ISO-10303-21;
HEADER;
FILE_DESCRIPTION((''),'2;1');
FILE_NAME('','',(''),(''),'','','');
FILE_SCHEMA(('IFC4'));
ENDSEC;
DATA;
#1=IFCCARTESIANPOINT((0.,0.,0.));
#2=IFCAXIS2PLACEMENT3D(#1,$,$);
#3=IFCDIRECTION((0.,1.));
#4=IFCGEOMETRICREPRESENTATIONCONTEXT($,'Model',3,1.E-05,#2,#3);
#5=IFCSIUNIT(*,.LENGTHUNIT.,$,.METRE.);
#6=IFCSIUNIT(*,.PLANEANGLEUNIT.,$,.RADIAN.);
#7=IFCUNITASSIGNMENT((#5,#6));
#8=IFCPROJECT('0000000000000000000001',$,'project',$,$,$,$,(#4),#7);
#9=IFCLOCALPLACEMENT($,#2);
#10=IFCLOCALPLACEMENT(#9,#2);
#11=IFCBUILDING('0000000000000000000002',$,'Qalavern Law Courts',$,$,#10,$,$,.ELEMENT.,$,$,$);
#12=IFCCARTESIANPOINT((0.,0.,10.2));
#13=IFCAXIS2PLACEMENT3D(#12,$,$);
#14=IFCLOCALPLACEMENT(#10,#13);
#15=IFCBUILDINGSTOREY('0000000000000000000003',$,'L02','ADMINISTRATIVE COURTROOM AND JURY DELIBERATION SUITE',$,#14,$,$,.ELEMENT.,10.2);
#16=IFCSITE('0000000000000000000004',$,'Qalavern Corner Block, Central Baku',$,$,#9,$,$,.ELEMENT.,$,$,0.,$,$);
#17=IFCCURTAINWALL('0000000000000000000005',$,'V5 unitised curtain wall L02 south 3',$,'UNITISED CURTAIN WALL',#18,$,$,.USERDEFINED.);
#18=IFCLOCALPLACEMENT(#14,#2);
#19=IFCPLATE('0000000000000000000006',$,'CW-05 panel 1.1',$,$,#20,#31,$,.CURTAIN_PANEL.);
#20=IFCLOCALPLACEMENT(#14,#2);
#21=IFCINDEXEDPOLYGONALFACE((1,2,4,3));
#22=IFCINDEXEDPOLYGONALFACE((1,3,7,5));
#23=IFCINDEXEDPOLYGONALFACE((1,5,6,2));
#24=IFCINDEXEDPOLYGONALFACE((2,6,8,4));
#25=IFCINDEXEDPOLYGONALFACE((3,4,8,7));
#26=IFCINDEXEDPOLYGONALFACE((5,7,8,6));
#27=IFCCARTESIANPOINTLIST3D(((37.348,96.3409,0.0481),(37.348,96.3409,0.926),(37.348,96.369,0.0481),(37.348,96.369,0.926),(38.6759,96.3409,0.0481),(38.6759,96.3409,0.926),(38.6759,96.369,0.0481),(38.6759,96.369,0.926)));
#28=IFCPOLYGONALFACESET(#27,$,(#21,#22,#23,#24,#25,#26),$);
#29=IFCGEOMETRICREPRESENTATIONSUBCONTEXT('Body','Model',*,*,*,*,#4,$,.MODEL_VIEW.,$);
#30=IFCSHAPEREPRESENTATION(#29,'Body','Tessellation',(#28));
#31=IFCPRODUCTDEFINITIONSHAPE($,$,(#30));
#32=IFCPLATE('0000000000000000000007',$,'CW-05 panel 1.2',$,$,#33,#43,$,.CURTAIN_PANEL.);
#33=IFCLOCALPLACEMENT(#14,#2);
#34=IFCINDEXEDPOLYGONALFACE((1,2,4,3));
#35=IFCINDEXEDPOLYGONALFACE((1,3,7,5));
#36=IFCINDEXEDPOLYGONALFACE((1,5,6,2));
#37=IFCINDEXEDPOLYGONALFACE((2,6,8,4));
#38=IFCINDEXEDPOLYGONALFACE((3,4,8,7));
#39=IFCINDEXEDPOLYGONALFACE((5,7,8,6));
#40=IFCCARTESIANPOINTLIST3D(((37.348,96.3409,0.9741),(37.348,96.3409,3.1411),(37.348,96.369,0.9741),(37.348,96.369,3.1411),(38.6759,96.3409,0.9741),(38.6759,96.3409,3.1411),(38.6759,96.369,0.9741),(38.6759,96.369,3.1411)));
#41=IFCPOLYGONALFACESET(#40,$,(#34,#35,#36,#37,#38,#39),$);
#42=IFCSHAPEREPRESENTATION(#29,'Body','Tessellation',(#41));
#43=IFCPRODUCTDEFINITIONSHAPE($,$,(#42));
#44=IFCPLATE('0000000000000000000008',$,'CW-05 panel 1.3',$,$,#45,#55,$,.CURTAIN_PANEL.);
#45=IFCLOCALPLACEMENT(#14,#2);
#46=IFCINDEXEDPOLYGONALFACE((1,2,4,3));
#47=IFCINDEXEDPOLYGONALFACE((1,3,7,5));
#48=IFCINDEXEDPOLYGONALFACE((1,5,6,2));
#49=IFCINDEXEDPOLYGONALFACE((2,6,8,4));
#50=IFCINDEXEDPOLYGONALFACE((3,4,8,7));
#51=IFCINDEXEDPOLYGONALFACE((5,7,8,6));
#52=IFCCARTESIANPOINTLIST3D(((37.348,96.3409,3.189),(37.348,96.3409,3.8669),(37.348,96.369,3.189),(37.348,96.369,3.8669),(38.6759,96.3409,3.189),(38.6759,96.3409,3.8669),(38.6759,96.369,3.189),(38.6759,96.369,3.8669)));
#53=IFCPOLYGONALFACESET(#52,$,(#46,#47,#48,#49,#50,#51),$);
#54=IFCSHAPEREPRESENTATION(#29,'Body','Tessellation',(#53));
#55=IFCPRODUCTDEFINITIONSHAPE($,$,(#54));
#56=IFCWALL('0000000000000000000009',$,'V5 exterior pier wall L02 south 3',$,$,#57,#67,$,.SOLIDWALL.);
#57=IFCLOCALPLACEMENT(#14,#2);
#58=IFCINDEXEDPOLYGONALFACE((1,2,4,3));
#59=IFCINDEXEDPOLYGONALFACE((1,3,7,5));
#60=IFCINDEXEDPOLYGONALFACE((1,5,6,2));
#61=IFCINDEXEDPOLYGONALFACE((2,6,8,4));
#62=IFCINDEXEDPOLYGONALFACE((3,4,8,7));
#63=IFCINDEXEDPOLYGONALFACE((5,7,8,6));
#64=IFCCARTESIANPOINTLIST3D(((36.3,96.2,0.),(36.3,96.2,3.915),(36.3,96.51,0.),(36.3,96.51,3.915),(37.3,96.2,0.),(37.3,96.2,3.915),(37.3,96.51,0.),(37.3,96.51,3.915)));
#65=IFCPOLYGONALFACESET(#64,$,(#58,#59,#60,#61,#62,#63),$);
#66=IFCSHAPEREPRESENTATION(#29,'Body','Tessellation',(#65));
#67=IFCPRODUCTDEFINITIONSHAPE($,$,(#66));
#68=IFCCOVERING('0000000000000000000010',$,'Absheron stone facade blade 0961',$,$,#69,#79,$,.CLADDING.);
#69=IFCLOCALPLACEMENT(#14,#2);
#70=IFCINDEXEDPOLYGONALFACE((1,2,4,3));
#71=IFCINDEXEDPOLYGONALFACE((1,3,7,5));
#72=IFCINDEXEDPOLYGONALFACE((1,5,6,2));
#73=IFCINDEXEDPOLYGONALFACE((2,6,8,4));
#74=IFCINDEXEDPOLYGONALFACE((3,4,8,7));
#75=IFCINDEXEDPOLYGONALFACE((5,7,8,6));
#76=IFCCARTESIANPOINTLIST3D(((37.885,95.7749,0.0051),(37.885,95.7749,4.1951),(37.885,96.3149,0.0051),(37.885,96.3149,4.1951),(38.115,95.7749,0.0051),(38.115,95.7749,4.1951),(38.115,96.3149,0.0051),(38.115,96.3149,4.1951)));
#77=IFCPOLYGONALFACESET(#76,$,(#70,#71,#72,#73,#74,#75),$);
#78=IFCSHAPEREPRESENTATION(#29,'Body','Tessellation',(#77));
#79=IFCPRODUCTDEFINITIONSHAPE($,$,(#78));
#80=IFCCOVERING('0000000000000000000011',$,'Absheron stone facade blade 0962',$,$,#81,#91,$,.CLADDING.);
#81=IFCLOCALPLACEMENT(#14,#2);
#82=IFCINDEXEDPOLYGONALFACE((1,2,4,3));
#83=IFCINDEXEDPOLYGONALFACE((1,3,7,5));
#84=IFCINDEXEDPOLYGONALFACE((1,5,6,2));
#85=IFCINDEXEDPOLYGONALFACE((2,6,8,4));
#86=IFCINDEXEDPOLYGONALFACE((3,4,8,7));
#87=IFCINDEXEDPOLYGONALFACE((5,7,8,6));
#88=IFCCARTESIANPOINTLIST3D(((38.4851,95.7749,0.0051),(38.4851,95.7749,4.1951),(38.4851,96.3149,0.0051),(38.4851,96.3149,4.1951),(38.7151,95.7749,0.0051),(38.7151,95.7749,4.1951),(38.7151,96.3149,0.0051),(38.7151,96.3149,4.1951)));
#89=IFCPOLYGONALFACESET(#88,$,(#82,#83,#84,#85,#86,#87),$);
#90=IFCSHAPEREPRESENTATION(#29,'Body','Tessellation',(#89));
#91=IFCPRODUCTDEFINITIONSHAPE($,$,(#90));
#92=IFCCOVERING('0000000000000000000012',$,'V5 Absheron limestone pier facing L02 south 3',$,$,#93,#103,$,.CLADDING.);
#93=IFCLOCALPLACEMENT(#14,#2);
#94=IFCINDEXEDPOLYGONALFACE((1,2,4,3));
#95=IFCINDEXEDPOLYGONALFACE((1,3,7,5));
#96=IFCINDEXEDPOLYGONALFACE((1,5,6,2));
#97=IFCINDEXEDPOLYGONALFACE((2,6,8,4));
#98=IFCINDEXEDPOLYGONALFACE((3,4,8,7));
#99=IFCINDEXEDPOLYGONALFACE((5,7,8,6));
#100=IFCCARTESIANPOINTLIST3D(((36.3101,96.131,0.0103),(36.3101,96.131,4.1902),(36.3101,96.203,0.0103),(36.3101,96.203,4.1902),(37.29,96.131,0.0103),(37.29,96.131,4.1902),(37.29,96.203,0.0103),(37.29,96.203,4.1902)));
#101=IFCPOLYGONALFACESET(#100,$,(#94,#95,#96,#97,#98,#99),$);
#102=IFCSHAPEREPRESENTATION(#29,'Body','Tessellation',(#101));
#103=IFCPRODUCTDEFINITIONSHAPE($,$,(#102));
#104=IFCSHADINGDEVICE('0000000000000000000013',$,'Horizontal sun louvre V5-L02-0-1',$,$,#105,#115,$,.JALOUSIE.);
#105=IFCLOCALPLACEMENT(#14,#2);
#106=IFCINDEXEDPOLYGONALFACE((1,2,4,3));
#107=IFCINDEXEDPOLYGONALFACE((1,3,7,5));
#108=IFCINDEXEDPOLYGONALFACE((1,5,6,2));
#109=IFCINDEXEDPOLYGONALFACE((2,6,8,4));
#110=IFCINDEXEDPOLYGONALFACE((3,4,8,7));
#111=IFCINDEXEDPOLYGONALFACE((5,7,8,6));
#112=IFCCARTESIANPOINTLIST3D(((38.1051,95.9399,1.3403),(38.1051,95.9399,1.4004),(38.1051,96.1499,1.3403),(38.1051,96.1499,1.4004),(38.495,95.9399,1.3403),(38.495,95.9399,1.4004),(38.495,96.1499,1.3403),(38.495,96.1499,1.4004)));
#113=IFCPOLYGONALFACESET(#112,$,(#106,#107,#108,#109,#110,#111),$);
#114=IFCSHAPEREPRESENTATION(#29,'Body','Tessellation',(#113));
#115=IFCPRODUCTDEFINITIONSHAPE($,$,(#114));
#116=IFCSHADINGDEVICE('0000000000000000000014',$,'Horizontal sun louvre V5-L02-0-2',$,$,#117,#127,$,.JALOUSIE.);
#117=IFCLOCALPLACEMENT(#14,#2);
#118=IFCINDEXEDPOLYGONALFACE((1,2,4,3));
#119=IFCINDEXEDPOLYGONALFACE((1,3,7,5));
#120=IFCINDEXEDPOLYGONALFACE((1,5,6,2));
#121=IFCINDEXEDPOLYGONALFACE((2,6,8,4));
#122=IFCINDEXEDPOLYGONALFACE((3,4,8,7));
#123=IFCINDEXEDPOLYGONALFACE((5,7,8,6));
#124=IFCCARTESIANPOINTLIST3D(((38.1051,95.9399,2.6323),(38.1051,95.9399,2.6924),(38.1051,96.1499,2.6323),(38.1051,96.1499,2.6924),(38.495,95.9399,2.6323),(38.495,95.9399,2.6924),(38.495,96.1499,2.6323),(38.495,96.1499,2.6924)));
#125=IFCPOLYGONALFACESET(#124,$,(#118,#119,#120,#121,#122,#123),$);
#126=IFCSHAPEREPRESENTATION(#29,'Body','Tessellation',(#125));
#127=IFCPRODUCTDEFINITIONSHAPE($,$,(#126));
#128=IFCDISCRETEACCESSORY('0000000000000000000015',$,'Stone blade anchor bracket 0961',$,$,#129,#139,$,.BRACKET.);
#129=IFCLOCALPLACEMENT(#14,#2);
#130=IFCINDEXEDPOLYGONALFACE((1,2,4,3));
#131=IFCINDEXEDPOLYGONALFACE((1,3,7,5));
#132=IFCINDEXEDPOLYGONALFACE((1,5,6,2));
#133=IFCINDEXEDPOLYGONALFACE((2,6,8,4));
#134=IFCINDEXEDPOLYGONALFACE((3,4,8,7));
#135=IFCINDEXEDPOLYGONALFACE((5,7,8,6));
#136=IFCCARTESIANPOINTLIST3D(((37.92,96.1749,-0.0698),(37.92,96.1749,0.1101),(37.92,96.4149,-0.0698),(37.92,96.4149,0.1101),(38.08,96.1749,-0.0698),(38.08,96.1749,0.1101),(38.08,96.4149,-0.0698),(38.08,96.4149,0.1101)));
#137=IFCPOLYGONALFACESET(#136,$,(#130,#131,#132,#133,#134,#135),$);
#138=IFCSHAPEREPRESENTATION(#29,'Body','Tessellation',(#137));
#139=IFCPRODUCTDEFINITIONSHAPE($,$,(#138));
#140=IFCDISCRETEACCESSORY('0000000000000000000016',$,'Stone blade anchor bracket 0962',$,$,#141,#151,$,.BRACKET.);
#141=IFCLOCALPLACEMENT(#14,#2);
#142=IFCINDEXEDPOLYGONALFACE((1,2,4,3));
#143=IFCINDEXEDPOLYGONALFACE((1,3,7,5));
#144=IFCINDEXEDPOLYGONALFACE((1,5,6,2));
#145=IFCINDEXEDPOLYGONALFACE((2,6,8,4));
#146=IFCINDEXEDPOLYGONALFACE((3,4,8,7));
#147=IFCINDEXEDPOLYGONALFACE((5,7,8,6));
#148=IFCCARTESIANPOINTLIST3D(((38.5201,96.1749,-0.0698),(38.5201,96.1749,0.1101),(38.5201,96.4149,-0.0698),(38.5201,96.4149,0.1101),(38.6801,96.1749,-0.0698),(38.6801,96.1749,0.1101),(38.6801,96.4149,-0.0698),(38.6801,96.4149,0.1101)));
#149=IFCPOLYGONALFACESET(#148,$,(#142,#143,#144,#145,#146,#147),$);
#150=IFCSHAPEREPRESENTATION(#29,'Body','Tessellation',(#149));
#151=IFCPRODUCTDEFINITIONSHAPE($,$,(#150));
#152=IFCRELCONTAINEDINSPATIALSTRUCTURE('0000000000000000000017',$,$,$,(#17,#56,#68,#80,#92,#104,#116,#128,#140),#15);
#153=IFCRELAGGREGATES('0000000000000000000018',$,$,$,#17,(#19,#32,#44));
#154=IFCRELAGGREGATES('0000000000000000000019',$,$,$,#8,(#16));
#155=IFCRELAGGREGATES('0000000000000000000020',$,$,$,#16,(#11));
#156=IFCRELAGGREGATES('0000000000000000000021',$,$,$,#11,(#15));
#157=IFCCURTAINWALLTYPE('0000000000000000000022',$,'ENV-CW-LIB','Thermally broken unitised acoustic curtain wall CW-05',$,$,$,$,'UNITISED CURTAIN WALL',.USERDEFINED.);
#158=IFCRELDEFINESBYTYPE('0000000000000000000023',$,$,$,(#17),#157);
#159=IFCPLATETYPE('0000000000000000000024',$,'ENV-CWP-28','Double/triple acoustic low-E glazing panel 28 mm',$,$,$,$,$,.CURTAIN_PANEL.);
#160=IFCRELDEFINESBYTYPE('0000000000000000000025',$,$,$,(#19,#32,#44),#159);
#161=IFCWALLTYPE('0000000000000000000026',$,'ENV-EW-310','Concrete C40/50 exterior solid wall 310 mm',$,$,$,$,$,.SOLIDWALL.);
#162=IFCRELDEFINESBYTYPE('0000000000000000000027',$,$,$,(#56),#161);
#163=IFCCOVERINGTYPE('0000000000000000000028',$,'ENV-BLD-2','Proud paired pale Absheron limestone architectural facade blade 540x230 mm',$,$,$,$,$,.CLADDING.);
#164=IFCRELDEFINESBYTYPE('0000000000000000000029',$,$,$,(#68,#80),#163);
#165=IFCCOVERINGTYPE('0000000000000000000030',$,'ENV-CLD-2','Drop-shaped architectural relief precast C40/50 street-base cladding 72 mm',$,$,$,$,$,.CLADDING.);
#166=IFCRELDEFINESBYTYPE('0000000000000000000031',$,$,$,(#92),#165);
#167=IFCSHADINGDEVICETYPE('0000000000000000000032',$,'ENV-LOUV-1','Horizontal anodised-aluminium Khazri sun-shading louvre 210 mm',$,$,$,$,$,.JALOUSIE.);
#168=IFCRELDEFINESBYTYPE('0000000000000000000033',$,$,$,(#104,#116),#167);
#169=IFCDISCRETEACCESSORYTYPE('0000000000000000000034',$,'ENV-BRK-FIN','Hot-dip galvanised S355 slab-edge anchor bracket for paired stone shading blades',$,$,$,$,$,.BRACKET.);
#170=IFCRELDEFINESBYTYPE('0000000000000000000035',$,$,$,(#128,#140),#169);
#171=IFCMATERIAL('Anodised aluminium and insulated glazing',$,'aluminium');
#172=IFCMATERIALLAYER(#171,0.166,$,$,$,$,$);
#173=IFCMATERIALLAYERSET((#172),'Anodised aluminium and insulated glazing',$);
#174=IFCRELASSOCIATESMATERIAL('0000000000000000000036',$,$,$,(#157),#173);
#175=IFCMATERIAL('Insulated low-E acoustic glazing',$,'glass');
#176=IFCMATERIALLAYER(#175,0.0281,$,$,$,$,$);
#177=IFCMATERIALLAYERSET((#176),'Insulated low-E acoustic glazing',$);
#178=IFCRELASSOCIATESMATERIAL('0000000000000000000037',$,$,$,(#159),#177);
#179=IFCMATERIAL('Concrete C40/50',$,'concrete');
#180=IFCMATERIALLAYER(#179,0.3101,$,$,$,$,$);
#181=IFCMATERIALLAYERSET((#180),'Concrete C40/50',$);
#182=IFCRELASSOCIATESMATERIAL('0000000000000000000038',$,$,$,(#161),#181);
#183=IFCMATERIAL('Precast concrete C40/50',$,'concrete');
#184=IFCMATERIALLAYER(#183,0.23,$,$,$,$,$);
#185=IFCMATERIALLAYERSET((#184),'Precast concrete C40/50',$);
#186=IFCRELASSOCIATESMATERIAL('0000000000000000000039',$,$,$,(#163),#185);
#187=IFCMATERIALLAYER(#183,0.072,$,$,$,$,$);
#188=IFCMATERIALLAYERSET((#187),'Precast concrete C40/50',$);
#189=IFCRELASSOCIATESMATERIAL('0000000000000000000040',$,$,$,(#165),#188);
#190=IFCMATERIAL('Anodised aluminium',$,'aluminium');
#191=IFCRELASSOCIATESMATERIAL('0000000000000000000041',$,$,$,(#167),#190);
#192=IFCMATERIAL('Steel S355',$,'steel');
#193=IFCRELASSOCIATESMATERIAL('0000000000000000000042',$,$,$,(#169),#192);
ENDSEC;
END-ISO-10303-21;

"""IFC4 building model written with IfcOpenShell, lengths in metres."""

from ifc_helpers import new_model, si_unit, direction, frame, frame_2d, origin, origin_2d, place, context, subcontext, project, spatial, rectangle, extrude, material, layer, layer_set, type_object, element, aggregate, save


model = new_model("IFC4")

# Units and contexts
model_context = context("Model", 3, precision=1e-05, world=origin(), true_north=direction((0.0, 1.0)))
body_context = subcontext(model_context, "Body", "Model", "MODEL_VIEW")
ifc_project = project(units=[si_unit("LENGTHUNIT", "METRE"), si_unit("PLANEANGLEUNIT", "RADIAN")], contexts=[model_context])

# Site, building, storey
site_placement = place(None, origin())
site = spatial("IfcSite", under=ifc_project, at=site_placement, Name="Qalavern Corner Block, Central Baku", CompositionType="ELEMENT", RefElevation=0.0)
building_placement = place(site_placement, origin())
building = spatial("IfcBuilding", under=site, at=building_placement, Name="Qalavern Law Courts", CompositionType="ELEMENT")
storey_placement = place(building_placement, frame((0.0, 0.0, 10.2)))
storey = spatial("IfcBuildingStorey", under=building, at=storey_placement, Name="L02", Description="ADMINISTRATIVE COURTROOM AND JURY DELIBERATION SUITE", CompositionType="ELEMENT", Elevation=10.2)

# Shared definitions
ifc_material_1 = material(Name="Anodised aluminium and insulated glazing", Category="aluminium")
ifc_layer_1 = layer(ifc_material_1, 0.166)
ifc_layer_set_1 = layer_set([ifc_layer_1], Name="Anodised aluminium and insulated glazing")
curtain_wall_type = type_object("IfcCurtainWallType", Name="ENV-CW-LIB", Description="Thermally broken unitised acoustic curtain wall CW-05", ElementType="UNITISED CURTAIN WALL", PredefinedType="USERDEFINED", material=ifc_layer_set_1)
ifc_material_2 = material(Name="Anodised aluminium", Category="aluminium")

# Curtain wall
curtain_wall_1_placement = place(storey_placement, origin())
curtain_wall_1 = element("IfcCurtainWall", 1, at=curtain_wall_1_placement, inside=storey, type_object=curtain_wall_type, Name="V5 unitised curtain wall L02 south 3", ObjectType="UNITISED CURTAIN WALL", PredefinedType="USERDEFINED")

# Plates
ifc_material_3 = material(Name="Insulated low-E acoustic glazing", Category="glass")
ifc_layer_2 = layer(ifc_material_3, 0.0281)
ifc_layer_set_2 = layer_set([ifc_layer_2], Name="Insulated low-E acoustic glazing")
plate_type_1 = type_object("IfcPlateType", Name="ENV-CWP-28", Description="Double/triple acoustic low-E glazing panel 28 mm", PredefinedType="CURTAIN_PANEL", material=ifc_layer_set_2)
plate_1_placement = place(storey_placement, frame((38.012, 96.355, 0.0481), z_axis=(0.0, 0.0, 1.0), x_axis=(1.0, 0.0, 0.0)))
plate_1 = element("IfcPlate", 2, at=plate_1_placement, type_object=plate_type_1, Name="CW-05 panel 1.1", PredefinedType="CURTAIN_PANEL", context=body_context, shape_type="SweptSolid", body=[
    extrude(rectangle(XDim=1.3279, YDim=0.0281, at=origin_2d()), origin(), (0.0, 0.0, 1.0), 0.8779),
])
plate_2_placement = place(storey_placement, frame((38.012, 96.355, 0.9741), z_axis=(0.0, 0.0, 1.0), x_axis=(1.0, 0.0, 0.0)))
plate_2 = element("IfcPlate", 3, at=plate_2_placement, type_object=plate_type_1, Name="CW-05 panel 1.2", PredefinedType="CURTAIN_PANEL", context=body_context, shape_type="SweptSolid", body=[
    extrude(rectangle(XDim=1.3279, YDim=0.0281, at=origin_2d()), origin(), (0.0, 0.0, 1.0), 2.167),
])
plate_3_placement = place(storey_placement, frame((38.012, 96.355, 3.189), z_axis=(0.0, 0.0, 1.0), x_axis=(1.0, 0.0, 0.0)))
plate_3 = element("IfcPlate", 4, at=plate_3_placement, type_object=plate_type_1, Name="CW-05 panel 1.3", PredefinedType="CURTAIN_PANEL", context=body_context, shape_type="SweptSolid", body=[
    extrude(rectangle(XDim=1.3279, YDim=0.0281, at=origin_2d()), origin(), (0.0, 0.0, 1.0), 0.678),
])
aggregate(curtain_wall_1, [plate_1, plate_2, plate_3])

# Wall
ifc_material_4 = material(Name="Concrete C40/50", Category="concrete")
ifc_layer_3 = layer(ifc_material_4, 0.3101)
ifc_layer_set_3 = layer_set([ifc_layer_3], Name="Concrete C40/50")
wall_type = type_object("IfcWallType", Name="ENV-EW-310", Description="Concrete C40/50 exterior solid wall 310 mm", PredefinedType="SOLIDWALL", material=ifc_layer_set_3)
wall_placement = place(storey_placement, frame((36.3, 96.355, 0.0), z_axis=(0.0, 0.0, 1.0), x_axis=(1.0, 0.0, 0.0)))
element("IfcWall", 5, at=wall_placement, inside=storey, type_object=wall_type, Name="V5 exterior pier wall L02 south 3", PredefinedType="SOLIDWALL", context=body_context, shape_type="SweptSolid", body=[
    extrude(rectangle(XDim=1.0, YDim=0.3101, at=frame_2d((0.5, 0.0))), origin(), (0.0, 0.0, 1.0), 3.915),
])

# Coverings
ifc_material_5 = material(Name="Precast concrete C40/50", Category="concrete")
ifc_layer_4 = layer(ifc_material_5, 0.23)
ifc_layer_set_4 = layer_set([ifc_layer_4], Name="Precast concrete C40/50")
covering_type_1 = type_object("IfcCoveringType", Name="ENV-BLD-2", Description="Proud paired pale Absheron limestone architectural facade blade 540x230 mm", PredefinedType="CLADDING", material=ifc_layer_set_4)
for number, where, z_axis, x_axis, name in (
    (6, (38.0, 96.0449, 0.0051), (0.0, 0.0, 1.0), (0.0, -1.0, 0.0), "Absheron stone facade blade 0961"),
    (7, (38.6001, 96.0449, 0.0051), (0.0, 0.0, 1.0), (0.0, -1.0, 0.0), "Absheron stone facade blade 0962"),
):
    element("IfcCovering", number, at=place(storey_placement, frame(where, z_axis=z_axis, x_axis=x_axis)), inside=storey, type_object=covering_type_1, Name=name, PredefinedType="CLADDING", context=body_context, shape_type="SweptSolid", body=[
        extrude(rectangle(XDim=0.54, YDim=0.23, at=origin_2d()), origin(), (0.0, 0.0, 1.0), 4.1899),
    ])
ifc_layer_5 = layer(ifc_material_5, 0.072)
ifc_layer_set_5 = layer_set([ifc_layer_5], Name="Precast concrete C40/50")
covering_type_2 = type_object("IfcCoveringType", Name="ENV-CLD-2", Description="Drop-shaped architectural relief precast C40/50 street-base cladding 72 mm", PredefinedType="CLADDING", material=ifc_layer_set_5)
covering_placement = place(storey_placement, frame((36.8, 96.167, 0.0103), z_axis=(0.0, 0.0, 1.0), x_axis=(1.0, 0.0, 0.0)))
element("IfcCovering", 8, at=covering_placement, inside=storey, type_object=covering_type_2, Name="V5 Absheron limestone pier facing L02 south 3", PredefinedType="CLADDING", context=body_context, shape_type="SweptSolid", body=[
    extrude(rectangle(XDim=0.98, YDim=0.072, at=origin_2d()), origin(), (0.0, 0.0, 1.0), 4.1799),
])

# Shading devices
shading_device_type = type_object("IfcShadingDeviceType", Name="ENV-LOUV-1", Description="Horizontal anodised-aluminium Khazri sun-shading louvre 210 mm", PredefinedType="JALOUSIE", material=ifc_material_2)
for number, where, z_axis, x_axis, name in (
    (9, (38.3, 96.0449, 1.3403), (0.0, 0.0, 1.0), (1.0, 0.0, 0.0), "Horizontal sun louvre V5-L02-0-1"),
    (10, (38.3, 96.0449, 2.6323), (0.0, 0.0, 1.0), (1.0, 0.0, 0.0), "Horizontal sun louvre V5-L02-0-2"),
):
    element("IfcShadingDevice", number, at=place(storey_placement, frame(where, z_axis=z_axis, x_axis=x_axis)), inside=storey, type_object=shading_device_type, Name=name, PredefinedType="JALOUSIE", context=body_context, shape_type="SweptSolid", body=[
        extrude(rectangle(XDim=0.3899, YDim=0.21, at=origin_2d()), origin(), (0.0, 0.0, 1.0), 0.0601),
    ])

# Discrete accessories
ifc_material_6 = material(Name="Steel S355", Category="steel")
discrete_accessory_type = type_object("IfcDiscreteAccessoryType", Name="ENV-BRK-FIN", Description="Hot-dip galvanised S355 slab-edge anchor bracket for paired stone shading blades", PredefinedType="BRACKET", material=ifc_material_6)
for number, where, z_axis, x_axis, name in (
    (11, (38.0, 96.2949, -0.0698), (0.0, 0.0, 1.0), (0.0, -1.0, 0.0), "Stone blade anchor bracket 0961"),
    (12, (38.6001, 96.2949, -0.0698), (0.0, 0.0, 1.0), (0.0, -1.0, 0.0), "Stone blade anchor bracket 0962"),
):
    element("IfcDiscreteAccessory", number, at=place(storey_placement, frame(where, z_axis=z_axis, x_axis=x_axis)), inside=storey, type_object=discrete_accessory_type, Name=name, PredefinedType="BRACKET", context=body_context, shape_type="SweptSolid", body=[
        extrude(rectangle(XDim=0.24, YDim=0.1599, at=origin_2d()), origin(), (0.0, 0.0, 1.0), 0.1799),
    ])

save(model, "model.ifc")
